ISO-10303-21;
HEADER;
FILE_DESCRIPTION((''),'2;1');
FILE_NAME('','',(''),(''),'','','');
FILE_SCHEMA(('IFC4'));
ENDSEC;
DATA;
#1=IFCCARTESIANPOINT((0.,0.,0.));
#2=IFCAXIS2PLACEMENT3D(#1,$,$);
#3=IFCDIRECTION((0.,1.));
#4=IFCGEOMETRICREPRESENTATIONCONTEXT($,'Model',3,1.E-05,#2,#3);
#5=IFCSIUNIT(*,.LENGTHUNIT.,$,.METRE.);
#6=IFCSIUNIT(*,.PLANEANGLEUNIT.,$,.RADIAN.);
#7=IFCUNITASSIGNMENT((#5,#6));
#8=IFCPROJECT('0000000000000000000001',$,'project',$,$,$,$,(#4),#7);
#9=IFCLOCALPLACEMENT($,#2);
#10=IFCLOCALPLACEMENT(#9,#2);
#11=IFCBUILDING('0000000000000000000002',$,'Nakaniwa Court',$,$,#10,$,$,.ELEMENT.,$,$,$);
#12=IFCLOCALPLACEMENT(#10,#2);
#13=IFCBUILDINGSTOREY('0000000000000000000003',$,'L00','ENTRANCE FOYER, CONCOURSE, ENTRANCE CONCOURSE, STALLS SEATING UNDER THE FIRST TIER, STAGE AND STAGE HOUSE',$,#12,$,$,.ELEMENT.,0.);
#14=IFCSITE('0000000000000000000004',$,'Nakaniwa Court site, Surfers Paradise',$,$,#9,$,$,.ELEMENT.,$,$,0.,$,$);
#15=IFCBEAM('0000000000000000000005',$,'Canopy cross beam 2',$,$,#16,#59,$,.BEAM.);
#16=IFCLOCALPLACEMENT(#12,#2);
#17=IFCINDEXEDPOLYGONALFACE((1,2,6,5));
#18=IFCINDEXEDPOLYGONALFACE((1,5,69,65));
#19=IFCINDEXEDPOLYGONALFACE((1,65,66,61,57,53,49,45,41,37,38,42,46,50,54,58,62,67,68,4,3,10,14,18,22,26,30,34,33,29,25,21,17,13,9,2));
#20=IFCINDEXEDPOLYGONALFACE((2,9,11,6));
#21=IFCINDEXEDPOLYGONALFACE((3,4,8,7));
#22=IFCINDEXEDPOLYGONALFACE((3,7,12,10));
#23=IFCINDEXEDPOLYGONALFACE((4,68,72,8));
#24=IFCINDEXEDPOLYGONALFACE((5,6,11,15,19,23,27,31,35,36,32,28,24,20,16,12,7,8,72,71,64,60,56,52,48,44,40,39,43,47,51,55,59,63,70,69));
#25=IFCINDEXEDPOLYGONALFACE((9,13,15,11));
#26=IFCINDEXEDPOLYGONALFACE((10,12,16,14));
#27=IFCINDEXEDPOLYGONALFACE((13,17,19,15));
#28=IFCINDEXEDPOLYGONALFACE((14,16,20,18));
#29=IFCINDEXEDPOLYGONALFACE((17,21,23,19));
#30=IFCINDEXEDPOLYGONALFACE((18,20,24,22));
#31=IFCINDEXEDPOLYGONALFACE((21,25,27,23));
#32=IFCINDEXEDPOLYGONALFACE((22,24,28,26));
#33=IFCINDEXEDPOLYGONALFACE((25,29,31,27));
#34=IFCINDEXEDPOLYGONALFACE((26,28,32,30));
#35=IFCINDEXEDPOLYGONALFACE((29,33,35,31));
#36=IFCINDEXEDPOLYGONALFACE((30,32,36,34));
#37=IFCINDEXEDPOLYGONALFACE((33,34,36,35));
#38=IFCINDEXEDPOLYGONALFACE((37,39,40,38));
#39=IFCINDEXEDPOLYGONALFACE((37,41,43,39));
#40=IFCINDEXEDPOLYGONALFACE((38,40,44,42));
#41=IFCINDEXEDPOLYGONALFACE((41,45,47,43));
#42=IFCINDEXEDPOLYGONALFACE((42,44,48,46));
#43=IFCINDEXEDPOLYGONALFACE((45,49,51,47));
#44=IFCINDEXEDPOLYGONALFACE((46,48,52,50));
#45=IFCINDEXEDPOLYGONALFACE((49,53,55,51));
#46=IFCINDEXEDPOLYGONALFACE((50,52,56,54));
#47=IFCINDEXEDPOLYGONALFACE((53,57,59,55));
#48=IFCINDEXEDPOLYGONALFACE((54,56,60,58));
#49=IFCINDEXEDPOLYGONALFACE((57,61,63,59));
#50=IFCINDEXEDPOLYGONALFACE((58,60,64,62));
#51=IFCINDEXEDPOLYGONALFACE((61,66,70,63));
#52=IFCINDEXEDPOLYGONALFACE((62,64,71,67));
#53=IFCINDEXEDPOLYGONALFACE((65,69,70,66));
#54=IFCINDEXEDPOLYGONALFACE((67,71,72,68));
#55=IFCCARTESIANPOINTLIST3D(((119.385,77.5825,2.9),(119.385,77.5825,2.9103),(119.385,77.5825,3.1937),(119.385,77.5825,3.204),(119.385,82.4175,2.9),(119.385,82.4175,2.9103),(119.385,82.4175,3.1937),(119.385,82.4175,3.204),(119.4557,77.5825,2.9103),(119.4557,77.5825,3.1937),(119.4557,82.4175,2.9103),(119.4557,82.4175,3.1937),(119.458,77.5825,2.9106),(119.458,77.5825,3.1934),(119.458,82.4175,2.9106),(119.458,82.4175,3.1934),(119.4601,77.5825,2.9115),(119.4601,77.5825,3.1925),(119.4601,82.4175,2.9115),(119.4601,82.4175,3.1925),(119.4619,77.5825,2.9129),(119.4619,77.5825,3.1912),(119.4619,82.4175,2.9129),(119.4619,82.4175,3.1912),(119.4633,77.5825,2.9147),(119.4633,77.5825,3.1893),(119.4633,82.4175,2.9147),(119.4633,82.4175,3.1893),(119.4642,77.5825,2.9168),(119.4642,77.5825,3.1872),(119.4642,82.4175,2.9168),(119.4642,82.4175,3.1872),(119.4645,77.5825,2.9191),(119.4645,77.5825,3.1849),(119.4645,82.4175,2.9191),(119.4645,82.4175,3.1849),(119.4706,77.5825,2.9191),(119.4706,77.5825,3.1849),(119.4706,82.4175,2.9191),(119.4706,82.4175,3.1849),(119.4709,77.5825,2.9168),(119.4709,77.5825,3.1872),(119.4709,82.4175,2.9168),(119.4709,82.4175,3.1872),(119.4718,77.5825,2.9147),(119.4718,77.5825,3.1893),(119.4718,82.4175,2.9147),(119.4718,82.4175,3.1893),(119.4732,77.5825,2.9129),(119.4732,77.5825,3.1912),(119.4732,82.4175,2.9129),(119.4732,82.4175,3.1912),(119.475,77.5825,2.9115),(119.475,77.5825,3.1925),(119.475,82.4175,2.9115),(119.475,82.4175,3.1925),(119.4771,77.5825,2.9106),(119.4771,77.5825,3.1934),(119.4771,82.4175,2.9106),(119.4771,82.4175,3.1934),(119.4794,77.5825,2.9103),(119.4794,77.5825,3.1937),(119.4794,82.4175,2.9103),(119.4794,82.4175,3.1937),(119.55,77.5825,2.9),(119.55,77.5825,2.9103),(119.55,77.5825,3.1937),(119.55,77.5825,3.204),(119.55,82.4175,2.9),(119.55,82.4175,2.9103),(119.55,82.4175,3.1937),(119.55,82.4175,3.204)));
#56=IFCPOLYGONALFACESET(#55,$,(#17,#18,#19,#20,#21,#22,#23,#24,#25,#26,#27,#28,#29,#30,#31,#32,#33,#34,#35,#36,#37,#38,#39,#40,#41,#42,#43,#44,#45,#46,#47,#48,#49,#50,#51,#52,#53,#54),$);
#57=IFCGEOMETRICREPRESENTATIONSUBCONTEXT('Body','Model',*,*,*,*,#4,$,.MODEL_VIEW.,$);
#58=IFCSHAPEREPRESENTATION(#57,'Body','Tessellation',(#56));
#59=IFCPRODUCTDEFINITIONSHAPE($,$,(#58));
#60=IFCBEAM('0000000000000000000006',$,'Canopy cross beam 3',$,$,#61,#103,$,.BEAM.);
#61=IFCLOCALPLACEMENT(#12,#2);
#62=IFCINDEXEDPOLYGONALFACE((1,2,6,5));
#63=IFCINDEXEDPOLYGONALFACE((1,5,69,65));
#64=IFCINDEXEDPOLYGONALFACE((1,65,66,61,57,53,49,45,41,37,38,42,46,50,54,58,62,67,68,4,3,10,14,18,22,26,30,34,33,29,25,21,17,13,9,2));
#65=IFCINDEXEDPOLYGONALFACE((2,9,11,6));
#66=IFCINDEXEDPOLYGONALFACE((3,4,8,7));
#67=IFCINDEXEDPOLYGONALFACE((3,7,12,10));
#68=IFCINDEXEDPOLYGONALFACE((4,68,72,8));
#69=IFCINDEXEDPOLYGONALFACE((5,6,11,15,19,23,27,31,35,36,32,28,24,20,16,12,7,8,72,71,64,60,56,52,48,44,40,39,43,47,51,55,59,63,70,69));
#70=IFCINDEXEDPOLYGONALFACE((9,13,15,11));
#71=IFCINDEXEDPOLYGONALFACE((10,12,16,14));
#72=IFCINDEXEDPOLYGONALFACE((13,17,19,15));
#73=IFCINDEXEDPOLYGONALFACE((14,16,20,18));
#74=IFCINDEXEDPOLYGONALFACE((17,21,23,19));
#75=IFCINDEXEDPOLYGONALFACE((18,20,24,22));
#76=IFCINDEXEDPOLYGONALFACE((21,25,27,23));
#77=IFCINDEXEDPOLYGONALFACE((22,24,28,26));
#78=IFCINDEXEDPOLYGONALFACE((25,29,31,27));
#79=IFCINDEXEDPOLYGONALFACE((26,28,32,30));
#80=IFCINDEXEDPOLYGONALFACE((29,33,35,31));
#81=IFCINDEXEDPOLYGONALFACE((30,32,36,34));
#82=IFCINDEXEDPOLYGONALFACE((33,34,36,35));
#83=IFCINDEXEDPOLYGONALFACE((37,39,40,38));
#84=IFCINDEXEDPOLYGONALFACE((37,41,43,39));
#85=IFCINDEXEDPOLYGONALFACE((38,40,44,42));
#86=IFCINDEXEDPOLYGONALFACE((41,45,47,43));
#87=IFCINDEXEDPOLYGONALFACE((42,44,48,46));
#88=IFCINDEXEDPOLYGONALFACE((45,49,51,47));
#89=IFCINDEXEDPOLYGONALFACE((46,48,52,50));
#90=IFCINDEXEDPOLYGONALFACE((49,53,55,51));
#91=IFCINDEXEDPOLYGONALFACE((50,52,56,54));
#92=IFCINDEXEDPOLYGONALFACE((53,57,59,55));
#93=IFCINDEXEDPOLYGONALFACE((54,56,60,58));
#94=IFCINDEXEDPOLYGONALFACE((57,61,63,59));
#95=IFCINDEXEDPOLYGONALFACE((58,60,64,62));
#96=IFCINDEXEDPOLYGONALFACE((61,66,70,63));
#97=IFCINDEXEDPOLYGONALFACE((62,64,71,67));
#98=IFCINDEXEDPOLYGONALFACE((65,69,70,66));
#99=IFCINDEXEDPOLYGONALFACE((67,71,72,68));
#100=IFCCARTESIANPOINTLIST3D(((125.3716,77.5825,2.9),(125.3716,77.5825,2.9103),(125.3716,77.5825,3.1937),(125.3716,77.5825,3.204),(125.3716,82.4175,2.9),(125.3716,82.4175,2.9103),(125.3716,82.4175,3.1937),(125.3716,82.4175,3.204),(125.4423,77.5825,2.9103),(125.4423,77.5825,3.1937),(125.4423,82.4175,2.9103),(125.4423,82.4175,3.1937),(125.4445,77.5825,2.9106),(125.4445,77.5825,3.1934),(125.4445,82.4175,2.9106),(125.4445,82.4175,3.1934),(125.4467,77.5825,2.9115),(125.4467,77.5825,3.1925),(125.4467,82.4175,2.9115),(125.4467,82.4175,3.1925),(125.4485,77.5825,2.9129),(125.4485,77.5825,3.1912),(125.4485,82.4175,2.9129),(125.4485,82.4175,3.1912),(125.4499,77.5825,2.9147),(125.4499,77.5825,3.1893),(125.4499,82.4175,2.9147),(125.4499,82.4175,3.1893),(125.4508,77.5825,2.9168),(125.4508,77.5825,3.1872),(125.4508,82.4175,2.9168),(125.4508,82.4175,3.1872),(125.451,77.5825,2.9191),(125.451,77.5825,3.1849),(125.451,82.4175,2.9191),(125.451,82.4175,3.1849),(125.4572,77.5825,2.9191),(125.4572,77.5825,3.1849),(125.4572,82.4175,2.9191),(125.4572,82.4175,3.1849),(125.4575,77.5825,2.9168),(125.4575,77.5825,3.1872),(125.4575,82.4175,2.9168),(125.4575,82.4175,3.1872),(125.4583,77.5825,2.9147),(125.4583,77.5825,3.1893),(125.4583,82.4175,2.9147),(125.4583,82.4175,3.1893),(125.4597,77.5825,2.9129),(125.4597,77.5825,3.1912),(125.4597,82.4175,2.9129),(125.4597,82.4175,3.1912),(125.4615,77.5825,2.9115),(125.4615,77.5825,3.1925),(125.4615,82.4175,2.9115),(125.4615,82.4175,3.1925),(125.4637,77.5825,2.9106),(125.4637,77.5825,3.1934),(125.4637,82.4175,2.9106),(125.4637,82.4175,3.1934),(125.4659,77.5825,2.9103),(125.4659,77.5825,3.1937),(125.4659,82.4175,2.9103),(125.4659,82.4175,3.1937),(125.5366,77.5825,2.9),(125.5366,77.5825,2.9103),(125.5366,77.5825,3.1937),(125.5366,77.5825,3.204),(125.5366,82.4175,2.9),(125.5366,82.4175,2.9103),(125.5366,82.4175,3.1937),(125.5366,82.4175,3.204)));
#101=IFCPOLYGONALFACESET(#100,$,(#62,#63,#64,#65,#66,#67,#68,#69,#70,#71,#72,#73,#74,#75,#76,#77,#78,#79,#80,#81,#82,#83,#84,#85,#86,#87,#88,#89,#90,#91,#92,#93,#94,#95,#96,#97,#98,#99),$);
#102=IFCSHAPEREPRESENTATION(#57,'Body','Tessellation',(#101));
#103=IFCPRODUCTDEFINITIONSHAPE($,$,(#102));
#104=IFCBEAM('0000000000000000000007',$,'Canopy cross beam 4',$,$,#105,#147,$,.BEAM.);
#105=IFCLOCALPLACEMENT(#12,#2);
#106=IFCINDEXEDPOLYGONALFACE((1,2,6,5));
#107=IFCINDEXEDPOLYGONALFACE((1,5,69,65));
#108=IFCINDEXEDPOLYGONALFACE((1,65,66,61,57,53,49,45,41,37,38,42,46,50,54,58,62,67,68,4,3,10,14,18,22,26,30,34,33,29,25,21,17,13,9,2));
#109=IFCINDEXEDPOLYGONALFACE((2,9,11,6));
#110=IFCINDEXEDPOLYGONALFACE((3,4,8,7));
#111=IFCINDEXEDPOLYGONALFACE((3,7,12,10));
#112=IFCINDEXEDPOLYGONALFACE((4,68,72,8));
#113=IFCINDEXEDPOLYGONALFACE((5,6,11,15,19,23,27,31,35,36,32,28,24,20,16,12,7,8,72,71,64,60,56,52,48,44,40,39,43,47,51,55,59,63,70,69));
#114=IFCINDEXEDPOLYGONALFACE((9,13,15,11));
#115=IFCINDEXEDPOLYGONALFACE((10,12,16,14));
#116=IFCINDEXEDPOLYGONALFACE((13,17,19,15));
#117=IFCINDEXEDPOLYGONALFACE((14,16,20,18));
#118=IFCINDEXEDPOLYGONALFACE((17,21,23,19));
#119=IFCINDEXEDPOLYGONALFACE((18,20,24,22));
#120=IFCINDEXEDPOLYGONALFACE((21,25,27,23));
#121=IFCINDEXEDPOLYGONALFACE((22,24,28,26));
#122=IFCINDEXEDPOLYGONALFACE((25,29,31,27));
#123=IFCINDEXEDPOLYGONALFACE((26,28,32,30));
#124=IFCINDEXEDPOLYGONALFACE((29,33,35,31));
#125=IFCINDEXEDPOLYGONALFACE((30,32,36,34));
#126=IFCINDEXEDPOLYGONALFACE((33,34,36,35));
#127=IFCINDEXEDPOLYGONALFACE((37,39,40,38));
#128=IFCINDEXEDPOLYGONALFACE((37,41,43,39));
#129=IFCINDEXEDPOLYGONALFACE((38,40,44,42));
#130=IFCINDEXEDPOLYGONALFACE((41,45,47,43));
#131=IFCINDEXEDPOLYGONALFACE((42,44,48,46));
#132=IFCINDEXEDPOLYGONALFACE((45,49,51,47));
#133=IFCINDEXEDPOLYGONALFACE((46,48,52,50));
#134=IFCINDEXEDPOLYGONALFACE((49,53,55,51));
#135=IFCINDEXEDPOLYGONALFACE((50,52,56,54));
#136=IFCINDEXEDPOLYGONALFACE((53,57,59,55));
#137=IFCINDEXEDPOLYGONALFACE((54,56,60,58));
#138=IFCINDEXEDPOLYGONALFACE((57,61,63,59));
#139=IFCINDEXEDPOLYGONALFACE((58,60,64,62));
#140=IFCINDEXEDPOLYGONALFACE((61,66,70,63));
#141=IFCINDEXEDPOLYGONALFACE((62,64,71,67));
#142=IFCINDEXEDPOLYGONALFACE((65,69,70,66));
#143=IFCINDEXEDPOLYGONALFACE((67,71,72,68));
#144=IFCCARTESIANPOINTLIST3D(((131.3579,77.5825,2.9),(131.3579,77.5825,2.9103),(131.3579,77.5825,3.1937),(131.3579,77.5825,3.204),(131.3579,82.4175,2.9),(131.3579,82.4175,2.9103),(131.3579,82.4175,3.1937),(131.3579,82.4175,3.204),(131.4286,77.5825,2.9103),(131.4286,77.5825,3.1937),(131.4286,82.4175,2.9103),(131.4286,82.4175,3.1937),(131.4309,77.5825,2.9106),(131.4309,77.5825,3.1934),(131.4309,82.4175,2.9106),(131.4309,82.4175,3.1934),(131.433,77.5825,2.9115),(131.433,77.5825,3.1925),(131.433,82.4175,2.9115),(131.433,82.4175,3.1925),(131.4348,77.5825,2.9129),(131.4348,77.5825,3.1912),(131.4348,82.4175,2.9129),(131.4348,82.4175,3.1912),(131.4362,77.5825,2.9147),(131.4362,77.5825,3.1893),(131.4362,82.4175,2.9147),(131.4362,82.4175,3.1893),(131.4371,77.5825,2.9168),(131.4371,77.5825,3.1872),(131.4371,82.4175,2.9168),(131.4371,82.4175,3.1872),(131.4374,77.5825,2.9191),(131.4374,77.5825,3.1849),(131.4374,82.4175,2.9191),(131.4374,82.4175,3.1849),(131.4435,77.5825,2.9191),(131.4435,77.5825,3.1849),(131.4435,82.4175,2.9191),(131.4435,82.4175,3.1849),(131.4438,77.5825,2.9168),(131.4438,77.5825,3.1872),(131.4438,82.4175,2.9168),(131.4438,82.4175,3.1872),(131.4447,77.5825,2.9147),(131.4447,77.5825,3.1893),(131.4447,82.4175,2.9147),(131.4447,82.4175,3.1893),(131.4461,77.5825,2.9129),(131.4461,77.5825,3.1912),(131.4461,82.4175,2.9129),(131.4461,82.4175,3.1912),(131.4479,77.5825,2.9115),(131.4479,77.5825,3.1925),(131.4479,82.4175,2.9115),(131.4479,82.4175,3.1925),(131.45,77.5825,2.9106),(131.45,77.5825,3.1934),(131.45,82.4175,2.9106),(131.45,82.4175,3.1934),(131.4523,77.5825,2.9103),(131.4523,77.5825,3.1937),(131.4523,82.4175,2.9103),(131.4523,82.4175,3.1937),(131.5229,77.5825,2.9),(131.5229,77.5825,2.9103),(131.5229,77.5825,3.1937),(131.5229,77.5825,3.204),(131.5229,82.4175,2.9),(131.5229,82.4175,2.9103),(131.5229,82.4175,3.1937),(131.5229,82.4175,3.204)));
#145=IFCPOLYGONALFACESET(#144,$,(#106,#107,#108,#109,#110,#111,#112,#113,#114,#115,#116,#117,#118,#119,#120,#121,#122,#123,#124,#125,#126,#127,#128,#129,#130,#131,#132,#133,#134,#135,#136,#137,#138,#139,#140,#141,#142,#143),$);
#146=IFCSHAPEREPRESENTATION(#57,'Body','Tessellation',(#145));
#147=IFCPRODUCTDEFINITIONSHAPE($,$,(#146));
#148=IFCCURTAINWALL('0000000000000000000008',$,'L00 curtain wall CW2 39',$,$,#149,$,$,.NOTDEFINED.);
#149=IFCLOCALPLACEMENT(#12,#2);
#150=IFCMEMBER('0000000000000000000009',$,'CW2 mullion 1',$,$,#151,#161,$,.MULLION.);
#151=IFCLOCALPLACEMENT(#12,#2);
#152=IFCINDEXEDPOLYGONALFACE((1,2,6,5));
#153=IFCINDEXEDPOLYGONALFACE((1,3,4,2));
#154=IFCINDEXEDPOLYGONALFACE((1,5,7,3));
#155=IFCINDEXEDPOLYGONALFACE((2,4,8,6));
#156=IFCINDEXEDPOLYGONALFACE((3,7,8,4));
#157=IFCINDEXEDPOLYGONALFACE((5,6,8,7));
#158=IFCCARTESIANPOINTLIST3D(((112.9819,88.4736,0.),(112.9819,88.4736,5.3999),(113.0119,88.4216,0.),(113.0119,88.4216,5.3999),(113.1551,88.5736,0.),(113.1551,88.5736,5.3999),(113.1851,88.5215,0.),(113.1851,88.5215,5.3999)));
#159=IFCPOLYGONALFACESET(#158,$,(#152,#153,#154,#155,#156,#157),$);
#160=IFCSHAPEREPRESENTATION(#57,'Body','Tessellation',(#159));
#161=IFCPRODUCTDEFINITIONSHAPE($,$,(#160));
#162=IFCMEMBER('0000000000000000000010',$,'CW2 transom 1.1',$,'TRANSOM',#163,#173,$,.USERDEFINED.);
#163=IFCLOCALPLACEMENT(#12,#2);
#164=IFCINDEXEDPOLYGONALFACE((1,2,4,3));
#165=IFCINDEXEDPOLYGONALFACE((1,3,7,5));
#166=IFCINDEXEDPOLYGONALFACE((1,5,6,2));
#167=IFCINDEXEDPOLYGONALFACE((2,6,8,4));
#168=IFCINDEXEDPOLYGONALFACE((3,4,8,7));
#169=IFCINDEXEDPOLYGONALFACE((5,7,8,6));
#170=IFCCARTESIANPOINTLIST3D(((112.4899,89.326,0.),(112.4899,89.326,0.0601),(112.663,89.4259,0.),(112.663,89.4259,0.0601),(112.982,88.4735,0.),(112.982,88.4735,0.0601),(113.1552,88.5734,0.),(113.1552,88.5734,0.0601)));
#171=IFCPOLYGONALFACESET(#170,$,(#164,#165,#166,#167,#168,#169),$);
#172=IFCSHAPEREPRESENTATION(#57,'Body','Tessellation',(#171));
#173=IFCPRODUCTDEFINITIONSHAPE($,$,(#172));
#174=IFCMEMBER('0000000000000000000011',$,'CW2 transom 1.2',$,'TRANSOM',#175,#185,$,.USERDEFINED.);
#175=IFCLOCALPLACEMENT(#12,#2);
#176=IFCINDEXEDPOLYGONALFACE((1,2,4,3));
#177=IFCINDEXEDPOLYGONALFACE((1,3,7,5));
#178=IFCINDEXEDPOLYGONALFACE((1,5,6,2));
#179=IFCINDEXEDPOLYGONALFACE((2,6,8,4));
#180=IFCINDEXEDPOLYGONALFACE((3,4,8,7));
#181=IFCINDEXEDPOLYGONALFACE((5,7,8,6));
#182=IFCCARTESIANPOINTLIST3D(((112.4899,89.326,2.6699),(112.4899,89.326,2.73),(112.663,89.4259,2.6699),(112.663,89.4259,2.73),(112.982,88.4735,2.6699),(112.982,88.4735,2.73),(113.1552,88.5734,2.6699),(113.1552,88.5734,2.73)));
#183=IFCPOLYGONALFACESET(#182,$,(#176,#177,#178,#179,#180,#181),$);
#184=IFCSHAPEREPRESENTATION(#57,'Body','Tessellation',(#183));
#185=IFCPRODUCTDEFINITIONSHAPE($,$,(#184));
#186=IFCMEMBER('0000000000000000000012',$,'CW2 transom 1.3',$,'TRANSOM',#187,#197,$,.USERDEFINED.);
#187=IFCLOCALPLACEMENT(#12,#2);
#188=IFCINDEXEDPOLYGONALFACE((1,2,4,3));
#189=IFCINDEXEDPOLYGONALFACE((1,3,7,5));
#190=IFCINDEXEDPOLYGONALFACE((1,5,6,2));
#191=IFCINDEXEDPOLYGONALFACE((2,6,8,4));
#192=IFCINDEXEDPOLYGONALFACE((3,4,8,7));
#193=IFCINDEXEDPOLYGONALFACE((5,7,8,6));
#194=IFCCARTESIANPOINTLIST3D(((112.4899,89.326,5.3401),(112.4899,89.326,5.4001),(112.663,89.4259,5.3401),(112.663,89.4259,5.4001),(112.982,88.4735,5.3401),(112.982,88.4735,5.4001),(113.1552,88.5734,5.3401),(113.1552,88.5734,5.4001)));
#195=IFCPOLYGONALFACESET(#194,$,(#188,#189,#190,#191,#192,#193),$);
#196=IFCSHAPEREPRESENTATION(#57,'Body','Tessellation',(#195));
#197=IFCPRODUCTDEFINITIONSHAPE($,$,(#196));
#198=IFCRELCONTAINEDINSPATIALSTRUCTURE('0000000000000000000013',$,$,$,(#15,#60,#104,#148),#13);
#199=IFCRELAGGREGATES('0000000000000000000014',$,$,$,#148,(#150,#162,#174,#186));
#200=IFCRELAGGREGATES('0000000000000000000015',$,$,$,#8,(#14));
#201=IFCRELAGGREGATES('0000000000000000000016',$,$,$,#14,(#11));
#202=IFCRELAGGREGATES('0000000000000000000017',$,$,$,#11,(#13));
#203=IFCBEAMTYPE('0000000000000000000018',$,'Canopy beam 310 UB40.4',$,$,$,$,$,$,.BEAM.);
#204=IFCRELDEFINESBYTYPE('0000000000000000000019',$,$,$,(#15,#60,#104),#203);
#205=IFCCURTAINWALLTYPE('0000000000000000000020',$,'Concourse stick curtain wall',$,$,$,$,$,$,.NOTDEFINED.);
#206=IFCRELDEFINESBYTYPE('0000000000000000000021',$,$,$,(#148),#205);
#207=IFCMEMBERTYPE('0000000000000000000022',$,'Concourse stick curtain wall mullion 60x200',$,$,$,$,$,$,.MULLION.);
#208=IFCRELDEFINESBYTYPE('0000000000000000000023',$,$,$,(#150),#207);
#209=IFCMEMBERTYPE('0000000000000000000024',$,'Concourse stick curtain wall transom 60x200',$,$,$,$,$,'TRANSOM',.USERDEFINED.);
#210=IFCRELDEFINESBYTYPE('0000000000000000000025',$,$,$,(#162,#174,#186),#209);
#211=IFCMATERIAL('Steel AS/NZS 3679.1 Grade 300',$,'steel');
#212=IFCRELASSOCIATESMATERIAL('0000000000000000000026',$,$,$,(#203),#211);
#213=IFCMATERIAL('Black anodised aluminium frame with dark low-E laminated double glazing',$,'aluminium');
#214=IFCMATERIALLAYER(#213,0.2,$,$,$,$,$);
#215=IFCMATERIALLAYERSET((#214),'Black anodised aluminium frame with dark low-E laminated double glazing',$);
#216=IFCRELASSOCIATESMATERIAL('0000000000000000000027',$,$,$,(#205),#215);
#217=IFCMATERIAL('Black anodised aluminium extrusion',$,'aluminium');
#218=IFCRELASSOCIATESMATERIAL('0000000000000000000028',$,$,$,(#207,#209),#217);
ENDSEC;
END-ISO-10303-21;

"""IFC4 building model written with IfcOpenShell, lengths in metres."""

from ifc_helpers import new_model, si_unit, direction, frame, origin, origin_2d, place, context, subcontext, project, spatial, rectangle, i_section, extrude, material, layer, layer_set, material_profile, profile_set, type_object, element, aggregate, save


model = new_model("IFC4")

# Units and contexts
model_context = context("Model", 3, precision=1e-05, world=origin(), true_north=direction((0.0, 1.0)))
body_context = subcontext(model_context, "Body", "Model", "MODEL_VIEW")
ifc_project = project(units=[si_unit("LENGTHUNIT", "METRE"), si_unit("PLANEANGLEUNIT", "RADIAN")], contexts=[model_context])

# Site, building, storey
site_placement = place(None, origin())
site = spatial("IfcSite", under=ifc_project, at=site_placement, Name="Nakaniwa Court site, Surfers Paradise", CompositionType="ELEMENT", RefElevation=0.0)
building_placement = place(site_placement, origin())
building = spatial("IfcBuilding", under=site, at=building_placement, Name="Nakaniwa Court", CompositionType="ELEMENT")
storey_placement = place(building_placement, origin())
storey = spatial("IfcBuildingStorey", under=building, at=storey_placement, Name="L00", Description="ENTRANCE FOYER, CONCOURSE, ENTRANCE CONCOURSE, STALLS SEATING UNDER THE FIRST TIER, STAGE AND STAGE HOUSE", CompositionType="ELEMENT", Elevation=0.0)

# Beams
ifc_material_1 = material(Name="Steel AS/NZS 3679.1 Grade 300", Category="steel")
ifc_material_profile_1 = material_profile(ifc_material_1, i_section(OverallWidth=0.165, OverallDepth=0.304, WebThickness=0.0061, FlangeThickness=0.0103, FilletRadius=0.0088, at=origin_2d()), Name="310UB40.4")
ifc_profile_set_1 = profile_set([ifc_material_profile_1], Name="Steel AS/NZS 3679.1 Grade 300")
beam_type = type_object("IfcBeamType", Name="Canopy beam 310 UB40.4", PredefinedType="BEAM", material=ifc_profile_set_1)
for number, where, z_axis, x_axis, name in (
    (1, (119.4675, 77.5825, 3.052), (0.0, 1.0, 0.0), (-1.0, 0.0, 0.0), "Canopy cross beam 2"),
    (2, (125.4541, 77.5825, 3.052), (0.0, 1.0, 0.0), (-1.0, 0.0, 0.0), "Canopy cross beam 3"),
    (3, (131.4404, 77.5825, 3.052), (0.0, 1.0, 0.0), (-1.0, 0.0, 0.0), "Canopy cross beam 4"),
):
    element("IfcBeam", number, at=place(storey_placement, frame(where, z_axis=z_axis, x_axis=x_axis)), inside=storey, type_object=beam_type, Name=name, PredefinedType="BEAM", context=body_context, shape_type="SweptSolid", body=[
        extrude(i_section(OverallWidth=0.165, OverallDepth=0.304, WebThickness=0.0061, FlangeThickness=0.0103, FilletRadius=0.0088, at=origin_2d()), origin(), (0.0, 0.0, 1.0), 4.835),
    ])

# Curtain wall, members
ifc_material_2 = material(Name="Black anodised aluminium frame with dark low-E laminated double glazing", Category="aluminium")
ifc_layer_1 = layer(ifc_material_2, 0.2)
ifc_layer_set_1 = layer_set([ifc_layer_1], Name="Black anodised aluminium frame with dark low-E laminated double glazing")
curtain_wall_type = type_object("IfcCurtainWallType", Name="Concourse stick curtain wall", PredefinedType="NOTDEFINED", material=ifc_layer_set_1)
curtain_wall_placement = place(storey_placement, origin())
curtain_wall = element("IfcCurtainWall", 4, at=curtain_wall_placement, inside=storey, type_object=curtain_wall_type, Name="L00 curtain wall CW2 39", PredefinedType="NOTDEFINED")
ifc_material_3 = material(Name="Black anodised aluminium extrusion", Category="aluminium")
ifc_material_profile_2 = material_profile(ifc_material_3, rectangle(XDim=0.2, YDim=0.0601, at=origin_2d()), Name="Concourse stick curtain wall mullion 60x200")
ifc_profile_set_2 = profile_set([ifc_material_profile_2], Name="Black anodised aluminium extrusion")
member_type_1 = type_object("IfcMemberType", Name="Concourse stick curtain wall mullion 60x200", PredefinedType="MULLION", material=ifc_profile_set_2)
member_1_placement = place(storey_placement, frame((113.0835, 88.4976, 0.0), z_axis=(0.0, 0.0, 1.0), x_axis=(-0.866035, -0.499983, 0.0)))
member_1 = element("IfcMember", 5, at=member_1_placement, type_object=member_type_1, Name="CW2 mullion 1", PredefinedType="MULLION", context=body_context, shape_type="SweptSolid", body=[
    extrude(rectangle(XDim=0.2, YDim=0.0601, at=origin_2d()), origin(), (0.0, 0.0, 1.0), 5.3999),
])
ifc_material_profile_3 = material_profile(ifc_material_3, rectangle(XDim=0.2, YDim=0.0601, at=origin_2d()), Name="Concourse stick curtain wall transom 60x200")
ifc_profile_set_3 = profile_set([ifc_material_profile_3], Name="Black anodised aluminium extrusion")
member_type_2 = type_object("IfcMemberType", Name="Concourse stick curtain wall transom 60x200", ElementType="TRANSOM", PredefinedType="USERDEFINED", material=ifc_profile_set_3)
member_2_placement = place(storey_placement, frame((113.0686, 88.5234, 0.03), z_axis=(-0.49998, 0.866037, 0.0), x_axis=(-0.866037, -0.49998, 0.0)))
member_2 = element("IfcMember", 6, at=member_2_placement, type_object=member_type_2, Name="CW2 transom 1.1", ObjectType="TRANSOM", PredefinedType="USERDEFINED", context=body_context, shape_type="SweptSolid", body=[
    extrude(rectangle(XDim=0.2, YDim=0.0601, at=origin_2d()), origin(), (0.0, 0.0, 1.0), 0.9844),
])
member_3_placement = place(storey_placement, frame((113.0686, 88.5234, 2.7), z_axis=(-0.49998, 0.866037, 0.0), x_axis=(-0.866037, -0.49998, 0.0)))
member_3 = element("IfcMember", 7, at=member_3_placement, type_object=member_type_2, Name="CW2 transom 1.2", ObjectType="TRANSOM", PredefinedType="USERDEFINED", context=body_context, shape_type="SweptSolid", body=[
    extrude(rectangle(XDim=0.2, YDim=0.0601, at=origin_2d()), origin(), (0.0, 0.0, 1.0), 0.9844),
])
member_4_placement = place(storey_placement, frame((113.0686, 88.5234, 5.3701), z_axis=(-0.49998, 0.866037, 0.0), x_axis=(-0.866037, -0.49998, 0.0)))
member_4 = element("IfcMember", 8, at=member_4_placement, type_object=member_type_2, Name="CW2 transom 1.3", ObjectType="TRANSOM", PredefinedType="USERDEFINED", context=body_context, shape_type="SweptSolid", body=[
    extrude(rectangle(XDim=0.2, YDim=0.0601, at=origin_2d()), origin(), (0.0, 0.0, 1.0), 0.9844),
])
aggregate(curtain_wall, [member_1, member_2, member_3, member_4])

save(model, "model.ifc")
